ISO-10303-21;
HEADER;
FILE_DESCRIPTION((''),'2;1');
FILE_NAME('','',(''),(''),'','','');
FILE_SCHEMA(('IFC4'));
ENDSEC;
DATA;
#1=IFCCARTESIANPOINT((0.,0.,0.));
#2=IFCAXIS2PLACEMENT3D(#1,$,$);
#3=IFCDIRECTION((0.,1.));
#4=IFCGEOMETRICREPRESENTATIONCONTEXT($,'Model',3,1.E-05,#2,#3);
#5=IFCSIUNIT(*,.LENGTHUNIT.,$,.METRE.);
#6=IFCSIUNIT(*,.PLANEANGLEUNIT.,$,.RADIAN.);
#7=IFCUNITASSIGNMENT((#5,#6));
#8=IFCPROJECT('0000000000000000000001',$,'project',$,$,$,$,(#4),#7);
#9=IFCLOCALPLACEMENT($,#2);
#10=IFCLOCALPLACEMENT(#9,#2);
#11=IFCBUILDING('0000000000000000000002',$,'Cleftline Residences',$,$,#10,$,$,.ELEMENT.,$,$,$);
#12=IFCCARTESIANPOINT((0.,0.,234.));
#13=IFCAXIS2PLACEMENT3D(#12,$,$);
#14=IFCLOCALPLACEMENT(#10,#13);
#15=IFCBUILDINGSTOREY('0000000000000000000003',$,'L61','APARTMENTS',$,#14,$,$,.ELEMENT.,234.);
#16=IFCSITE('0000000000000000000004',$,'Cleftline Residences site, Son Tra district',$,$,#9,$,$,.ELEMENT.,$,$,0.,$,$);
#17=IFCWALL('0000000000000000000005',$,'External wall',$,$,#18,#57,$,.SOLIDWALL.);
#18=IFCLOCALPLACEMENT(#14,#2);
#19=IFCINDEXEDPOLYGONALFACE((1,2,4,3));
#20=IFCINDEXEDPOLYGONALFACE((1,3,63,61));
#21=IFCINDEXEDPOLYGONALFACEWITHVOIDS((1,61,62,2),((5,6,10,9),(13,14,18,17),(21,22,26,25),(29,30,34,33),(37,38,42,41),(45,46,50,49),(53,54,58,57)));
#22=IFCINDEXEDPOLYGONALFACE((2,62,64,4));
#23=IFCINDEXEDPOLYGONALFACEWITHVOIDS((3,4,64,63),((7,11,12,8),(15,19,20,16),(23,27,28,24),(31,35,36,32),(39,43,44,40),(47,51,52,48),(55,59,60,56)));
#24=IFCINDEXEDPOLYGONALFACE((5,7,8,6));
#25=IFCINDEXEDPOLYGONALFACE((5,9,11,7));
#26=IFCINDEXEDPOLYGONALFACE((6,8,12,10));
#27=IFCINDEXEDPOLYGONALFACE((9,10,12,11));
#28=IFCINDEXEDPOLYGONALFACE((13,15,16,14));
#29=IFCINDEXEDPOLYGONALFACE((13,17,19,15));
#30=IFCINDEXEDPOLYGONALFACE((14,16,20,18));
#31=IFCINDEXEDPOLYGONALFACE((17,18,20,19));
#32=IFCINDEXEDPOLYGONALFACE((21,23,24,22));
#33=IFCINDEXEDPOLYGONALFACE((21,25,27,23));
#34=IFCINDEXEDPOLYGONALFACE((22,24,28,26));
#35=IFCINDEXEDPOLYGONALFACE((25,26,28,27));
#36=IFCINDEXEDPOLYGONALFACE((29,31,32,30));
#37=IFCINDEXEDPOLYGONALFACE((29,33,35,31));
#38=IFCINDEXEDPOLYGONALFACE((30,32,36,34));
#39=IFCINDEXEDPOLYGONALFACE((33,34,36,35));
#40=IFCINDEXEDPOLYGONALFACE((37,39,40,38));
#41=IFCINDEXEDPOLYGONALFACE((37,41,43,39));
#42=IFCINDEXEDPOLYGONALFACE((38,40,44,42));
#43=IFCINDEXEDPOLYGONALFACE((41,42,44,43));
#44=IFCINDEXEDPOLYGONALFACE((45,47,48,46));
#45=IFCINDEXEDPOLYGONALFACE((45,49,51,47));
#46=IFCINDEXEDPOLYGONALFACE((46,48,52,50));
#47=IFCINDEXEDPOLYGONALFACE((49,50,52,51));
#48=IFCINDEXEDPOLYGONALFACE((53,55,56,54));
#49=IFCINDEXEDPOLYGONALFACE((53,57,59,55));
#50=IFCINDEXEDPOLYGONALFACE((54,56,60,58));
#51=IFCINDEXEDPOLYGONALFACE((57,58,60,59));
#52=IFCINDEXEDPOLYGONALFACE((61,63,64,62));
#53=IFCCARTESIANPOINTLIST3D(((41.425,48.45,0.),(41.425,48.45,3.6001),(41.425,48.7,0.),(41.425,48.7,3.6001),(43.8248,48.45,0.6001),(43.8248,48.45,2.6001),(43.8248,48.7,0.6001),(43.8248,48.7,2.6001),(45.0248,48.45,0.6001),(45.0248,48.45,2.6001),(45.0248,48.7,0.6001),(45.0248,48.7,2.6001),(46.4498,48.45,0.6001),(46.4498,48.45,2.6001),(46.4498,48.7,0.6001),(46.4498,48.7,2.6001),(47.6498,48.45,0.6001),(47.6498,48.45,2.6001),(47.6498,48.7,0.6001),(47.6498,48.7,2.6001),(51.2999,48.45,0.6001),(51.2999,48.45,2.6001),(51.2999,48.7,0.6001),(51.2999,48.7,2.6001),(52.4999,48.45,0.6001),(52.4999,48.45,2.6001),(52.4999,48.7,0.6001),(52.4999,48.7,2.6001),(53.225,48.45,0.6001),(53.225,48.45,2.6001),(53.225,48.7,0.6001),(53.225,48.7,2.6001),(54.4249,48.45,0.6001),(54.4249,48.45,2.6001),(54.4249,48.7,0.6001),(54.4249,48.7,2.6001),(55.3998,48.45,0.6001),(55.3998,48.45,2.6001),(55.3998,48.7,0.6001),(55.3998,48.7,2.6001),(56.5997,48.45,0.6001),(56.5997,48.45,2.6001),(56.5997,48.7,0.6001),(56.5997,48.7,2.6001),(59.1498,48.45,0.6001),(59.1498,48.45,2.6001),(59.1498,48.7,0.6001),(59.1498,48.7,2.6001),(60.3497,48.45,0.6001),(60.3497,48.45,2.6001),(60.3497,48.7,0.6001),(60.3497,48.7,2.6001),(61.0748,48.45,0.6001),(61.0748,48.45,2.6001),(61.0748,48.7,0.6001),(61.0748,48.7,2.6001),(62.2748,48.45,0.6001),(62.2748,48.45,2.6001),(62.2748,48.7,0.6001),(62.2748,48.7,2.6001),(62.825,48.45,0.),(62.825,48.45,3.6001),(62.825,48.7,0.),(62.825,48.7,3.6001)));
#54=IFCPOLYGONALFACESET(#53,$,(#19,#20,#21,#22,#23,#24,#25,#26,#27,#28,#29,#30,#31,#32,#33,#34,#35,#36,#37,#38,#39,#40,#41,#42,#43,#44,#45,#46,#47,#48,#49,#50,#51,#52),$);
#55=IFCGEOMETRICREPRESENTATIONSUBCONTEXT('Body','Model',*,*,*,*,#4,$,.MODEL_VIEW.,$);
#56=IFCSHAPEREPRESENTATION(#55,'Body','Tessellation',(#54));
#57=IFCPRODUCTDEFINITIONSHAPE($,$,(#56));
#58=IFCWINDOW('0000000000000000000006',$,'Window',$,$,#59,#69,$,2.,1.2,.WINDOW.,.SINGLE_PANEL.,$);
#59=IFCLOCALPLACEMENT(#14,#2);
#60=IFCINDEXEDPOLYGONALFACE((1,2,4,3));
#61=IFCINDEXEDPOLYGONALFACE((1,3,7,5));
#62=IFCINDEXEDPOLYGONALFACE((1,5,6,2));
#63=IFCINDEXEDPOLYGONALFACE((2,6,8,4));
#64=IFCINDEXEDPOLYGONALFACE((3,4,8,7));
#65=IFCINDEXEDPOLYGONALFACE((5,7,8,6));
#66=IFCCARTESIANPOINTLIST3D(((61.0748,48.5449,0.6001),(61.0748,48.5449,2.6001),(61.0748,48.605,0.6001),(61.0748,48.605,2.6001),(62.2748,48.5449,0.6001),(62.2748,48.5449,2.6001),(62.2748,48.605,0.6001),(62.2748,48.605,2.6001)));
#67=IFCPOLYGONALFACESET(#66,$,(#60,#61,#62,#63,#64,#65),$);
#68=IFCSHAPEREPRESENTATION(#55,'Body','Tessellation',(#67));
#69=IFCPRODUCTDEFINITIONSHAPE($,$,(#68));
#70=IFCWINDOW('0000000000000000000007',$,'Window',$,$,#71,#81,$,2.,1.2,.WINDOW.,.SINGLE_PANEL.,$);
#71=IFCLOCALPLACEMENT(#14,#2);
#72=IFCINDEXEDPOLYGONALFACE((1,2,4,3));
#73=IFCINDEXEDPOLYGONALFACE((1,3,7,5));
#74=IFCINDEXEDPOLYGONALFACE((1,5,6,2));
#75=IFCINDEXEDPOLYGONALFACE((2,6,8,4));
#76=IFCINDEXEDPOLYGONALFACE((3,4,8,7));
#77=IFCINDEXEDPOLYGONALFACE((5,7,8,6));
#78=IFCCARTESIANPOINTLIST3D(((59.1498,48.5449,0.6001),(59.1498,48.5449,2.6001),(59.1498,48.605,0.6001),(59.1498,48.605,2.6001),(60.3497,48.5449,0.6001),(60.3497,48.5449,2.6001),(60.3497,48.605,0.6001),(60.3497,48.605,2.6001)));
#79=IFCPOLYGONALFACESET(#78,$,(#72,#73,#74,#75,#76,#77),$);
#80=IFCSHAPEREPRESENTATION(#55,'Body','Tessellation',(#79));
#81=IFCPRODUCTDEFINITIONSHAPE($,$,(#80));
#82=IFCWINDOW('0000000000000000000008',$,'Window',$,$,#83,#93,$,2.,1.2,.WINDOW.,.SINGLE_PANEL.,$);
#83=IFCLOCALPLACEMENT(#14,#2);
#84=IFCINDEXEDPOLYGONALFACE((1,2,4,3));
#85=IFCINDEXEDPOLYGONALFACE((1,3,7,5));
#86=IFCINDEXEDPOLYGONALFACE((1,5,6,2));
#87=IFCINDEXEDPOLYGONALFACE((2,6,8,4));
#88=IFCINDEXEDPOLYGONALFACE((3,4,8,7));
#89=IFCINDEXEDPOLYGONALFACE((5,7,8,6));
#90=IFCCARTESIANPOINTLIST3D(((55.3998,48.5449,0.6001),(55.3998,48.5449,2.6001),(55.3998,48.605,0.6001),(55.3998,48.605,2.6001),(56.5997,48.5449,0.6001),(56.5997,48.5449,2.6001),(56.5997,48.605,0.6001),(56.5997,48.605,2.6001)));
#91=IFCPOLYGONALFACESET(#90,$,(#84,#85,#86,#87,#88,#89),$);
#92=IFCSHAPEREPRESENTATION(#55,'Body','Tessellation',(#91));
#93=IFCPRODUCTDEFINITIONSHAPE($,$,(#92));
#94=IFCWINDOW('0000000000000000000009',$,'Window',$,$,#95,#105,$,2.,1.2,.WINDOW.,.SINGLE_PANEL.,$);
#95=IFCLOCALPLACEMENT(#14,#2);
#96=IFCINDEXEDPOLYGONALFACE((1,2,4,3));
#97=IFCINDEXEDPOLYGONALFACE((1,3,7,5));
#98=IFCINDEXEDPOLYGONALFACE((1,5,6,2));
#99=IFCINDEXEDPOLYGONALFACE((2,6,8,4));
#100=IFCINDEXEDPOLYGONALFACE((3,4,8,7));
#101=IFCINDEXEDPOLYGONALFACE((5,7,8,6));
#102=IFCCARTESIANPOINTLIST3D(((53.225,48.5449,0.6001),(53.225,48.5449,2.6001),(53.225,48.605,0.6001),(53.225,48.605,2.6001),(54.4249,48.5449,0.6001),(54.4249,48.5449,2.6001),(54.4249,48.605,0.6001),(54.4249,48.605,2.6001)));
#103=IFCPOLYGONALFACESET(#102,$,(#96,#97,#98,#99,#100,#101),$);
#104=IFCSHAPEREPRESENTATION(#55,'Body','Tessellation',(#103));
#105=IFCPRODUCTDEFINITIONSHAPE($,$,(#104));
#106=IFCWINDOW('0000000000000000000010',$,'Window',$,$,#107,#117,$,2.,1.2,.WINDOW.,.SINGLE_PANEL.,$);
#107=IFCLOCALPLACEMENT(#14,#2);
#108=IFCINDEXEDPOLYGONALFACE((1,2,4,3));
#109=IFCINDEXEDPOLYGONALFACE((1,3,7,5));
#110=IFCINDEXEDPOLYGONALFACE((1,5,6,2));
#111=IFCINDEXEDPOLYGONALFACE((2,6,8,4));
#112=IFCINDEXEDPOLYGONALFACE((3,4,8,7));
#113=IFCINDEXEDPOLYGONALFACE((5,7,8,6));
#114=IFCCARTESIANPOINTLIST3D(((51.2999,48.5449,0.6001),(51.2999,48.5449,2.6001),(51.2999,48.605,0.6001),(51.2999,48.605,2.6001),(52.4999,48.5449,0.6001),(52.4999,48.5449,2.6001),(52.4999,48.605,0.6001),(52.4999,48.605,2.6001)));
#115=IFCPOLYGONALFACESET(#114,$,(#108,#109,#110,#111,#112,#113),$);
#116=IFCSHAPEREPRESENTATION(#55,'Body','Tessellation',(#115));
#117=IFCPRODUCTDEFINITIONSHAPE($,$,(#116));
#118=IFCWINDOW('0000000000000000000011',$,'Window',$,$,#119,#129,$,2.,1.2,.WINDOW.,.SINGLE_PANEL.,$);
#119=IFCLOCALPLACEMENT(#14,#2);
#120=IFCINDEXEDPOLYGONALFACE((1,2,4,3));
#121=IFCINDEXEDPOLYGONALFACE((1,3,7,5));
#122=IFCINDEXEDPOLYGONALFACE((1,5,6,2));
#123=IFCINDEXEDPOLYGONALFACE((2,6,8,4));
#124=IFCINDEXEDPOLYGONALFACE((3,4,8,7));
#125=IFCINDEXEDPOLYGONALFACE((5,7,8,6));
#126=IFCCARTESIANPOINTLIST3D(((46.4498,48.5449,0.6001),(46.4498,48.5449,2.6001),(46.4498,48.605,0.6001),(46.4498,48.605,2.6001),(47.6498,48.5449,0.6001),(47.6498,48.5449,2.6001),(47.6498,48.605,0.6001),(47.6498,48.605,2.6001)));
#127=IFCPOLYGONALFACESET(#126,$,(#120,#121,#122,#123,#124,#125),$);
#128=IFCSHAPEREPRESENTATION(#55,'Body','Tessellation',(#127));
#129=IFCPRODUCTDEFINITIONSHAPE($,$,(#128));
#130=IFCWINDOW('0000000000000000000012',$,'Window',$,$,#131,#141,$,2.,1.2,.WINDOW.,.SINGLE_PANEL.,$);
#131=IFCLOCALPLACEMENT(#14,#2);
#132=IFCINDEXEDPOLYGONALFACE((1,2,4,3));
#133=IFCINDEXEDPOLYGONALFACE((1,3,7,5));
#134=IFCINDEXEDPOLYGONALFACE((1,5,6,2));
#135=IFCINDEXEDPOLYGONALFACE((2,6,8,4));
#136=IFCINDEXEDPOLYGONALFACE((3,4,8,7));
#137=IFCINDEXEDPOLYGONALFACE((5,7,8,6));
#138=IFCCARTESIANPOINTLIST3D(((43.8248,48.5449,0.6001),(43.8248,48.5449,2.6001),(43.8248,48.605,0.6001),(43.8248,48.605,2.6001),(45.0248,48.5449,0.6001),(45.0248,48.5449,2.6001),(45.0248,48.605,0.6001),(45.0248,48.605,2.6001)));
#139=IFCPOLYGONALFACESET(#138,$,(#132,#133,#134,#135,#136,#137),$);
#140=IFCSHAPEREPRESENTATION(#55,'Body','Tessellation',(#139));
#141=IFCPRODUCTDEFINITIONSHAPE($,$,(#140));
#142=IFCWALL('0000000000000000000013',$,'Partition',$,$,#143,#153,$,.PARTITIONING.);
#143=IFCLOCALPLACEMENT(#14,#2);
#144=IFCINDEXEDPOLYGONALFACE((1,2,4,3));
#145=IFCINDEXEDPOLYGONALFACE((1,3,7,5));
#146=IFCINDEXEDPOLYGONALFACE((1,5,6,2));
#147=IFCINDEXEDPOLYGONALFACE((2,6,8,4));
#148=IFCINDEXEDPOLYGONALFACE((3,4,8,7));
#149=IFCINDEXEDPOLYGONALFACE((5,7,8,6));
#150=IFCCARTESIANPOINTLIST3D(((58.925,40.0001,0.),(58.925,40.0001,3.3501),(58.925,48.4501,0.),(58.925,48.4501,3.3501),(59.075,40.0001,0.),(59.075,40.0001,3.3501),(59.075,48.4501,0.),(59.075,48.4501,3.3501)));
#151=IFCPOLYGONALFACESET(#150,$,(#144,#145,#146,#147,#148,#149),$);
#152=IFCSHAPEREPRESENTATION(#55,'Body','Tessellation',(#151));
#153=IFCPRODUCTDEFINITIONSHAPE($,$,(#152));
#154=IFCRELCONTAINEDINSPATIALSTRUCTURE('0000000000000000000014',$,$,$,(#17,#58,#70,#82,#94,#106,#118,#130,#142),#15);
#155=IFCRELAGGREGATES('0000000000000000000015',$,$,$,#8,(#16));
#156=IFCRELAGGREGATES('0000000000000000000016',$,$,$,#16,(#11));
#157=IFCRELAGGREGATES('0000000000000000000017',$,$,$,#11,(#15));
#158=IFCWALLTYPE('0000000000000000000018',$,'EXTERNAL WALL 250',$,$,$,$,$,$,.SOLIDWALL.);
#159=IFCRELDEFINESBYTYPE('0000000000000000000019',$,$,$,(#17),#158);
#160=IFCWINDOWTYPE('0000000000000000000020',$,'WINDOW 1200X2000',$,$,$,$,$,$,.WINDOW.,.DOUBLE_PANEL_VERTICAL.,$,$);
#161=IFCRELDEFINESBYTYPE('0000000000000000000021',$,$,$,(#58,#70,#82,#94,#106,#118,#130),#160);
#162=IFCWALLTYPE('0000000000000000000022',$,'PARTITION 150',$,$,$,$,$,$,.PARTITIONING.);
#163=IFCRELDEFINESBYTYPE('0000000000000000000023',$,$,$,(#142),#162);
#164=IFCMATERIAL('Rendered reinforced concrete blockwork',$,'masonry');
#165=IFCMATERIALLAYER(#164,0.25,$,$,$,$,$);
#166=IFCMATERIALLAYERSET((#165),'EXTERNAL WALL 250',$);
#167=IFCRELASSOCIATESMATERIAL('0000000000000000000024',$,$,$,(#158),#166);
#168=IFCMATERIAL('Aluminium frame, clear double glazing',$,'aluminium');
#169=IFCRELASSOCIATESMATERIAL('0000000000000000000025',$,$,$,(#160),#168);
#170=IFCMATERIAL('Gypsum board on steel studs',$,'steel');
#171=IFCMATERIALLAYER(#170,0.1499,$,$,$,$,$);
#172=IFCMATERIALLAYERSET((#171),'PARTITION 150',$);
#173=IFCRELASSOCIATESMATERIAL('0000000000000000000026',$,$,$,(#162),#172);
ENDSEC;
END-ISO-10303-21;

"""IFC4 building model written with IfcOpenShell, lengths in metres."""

from ifc_helpers import new_model, si_unit, direction, frame, frame_2d, origin, place, context, subcontext, project, spatial, rectangle, extrude, material, layer, layer_set, type_object, element, fill, save


model = new_model("IFC4")

# Units and contexts
model_context = context("Model", 3, precision=1e-05, world=origin(), true_north=direction((0.0, 1.0)))
body_context = subcontext(model_context, "Body", "Model", "MODEL_VIEW")
ifc_project = project(units=[si_unit("LENGTHUNIT", "METRE"), si_unit("PLANEANGLEUNIT", "RADIAN")], contexts=[model_context])

# Site, building, storey
site_placement = place(None, origin())
site = spatial("IfcSite", under=ifc_project, at=site_placement, Name="Cleftline Residences site, Son Tra district", CompositionType="ELEMENT", RefElevation=0.0)
building_placement = place(site_placement, origin())
building = spatial("IfcBuilding", under=site, at=building_placement, Name="Cleftline Residences", CompositionType="ELEMENT")
storey_placement = place(building_placement, frame((0.0, 0.0, 234.0)))
storey = spatial("IfcBuildingStorey", under=building, at=storey_placement, Name="L61", Description="APARTMENTS", CompositionType="ELEMENT", Elevation=234.0)

# Shared definitions
ifc_material_1 = material(Name="Rendered reinforced concrete blockwork", Category="masonry")
ifc_layer_1 = layer(ifc_material_1, 0.25)
ifc_layer_set_1 = layer_set([ifc_layer_1], Name="EXTERNAL WALL 250")
wall_type_1 = type_object("IfcWallType", Name="EXTERNAL WALL 250", PredefinedType="SOLIDWALL", material=ifc_layer_set_1)
ifc_material_2 = material(Name="Aluminium frame, clear double glazing", Category="aluminium")
window_type_1 = type_object("IfcWindowType", Name="WINDOW 1200X2000", PartitioningType="DOUBLE_PANEL_VERTICAL", PredefinedType="WINDOW", material=ifc_material_2)

# Wall, openings, windows
wall_1_placement = place(storey_placement, frame((62.825, 48.575, 0.0), z_axis=(0.0, 0.0, 1.0), x_axis=(-1.0, 0.0, 0.0)))
wall_1 = element("IfcWall", 1, at=wall_1_placement, inside=storey, type_object=wall_type_1, Name="External wall", PredefinedType="SOLIDWALL", context=body_context, shape_type="SweptSolid", body=[
    extrude(rectangle(XDim=21.3999, YDim=0.25, at=frame_2d((10.7, 0.0))), origin(), (0.0, 0.0, 1.0), 3.6001),
])
opening_1_placement = place(wall_1_placement, frame((0.55, 0.0, 0.6001)))
opening_1 = element("IfcOpeningElement", 2, at=opening_1_placement, cuts=wall_1, PredefinedType="OPENING", context=body_context, shape_type="SweptSolid", body=[
    extrude(rectangle(XDim=1.2, YDim=2.0, at=frame_2d((0.6001, 1.0))), frame((0.0, 0.135, 0.0), z_axis=(0.0, -1.0, 0.0), x_axis=(1.0, 0.0, 0.0)), (0.0, 0.0, 1.0), 0.27),
])
opening_2_placement = place(wall_1_placement, frame((2.4751, 0.0, 0.6001)))
opening_2 = element("IfcOpeningElement", 3, at=opening_2_placement, cuts=wall_1, PredefinedType="OPENING", context=body_context, shape_type="SweptSolid", body=[
    extrude(rectangle(XDim=1.2, YDim=2.0, at=frame_2d((0.6001, 1.0))), frame((0.0, 0.135, 0.0), z_axis=(0.0, -1.0, 0.0), x_axis=(1.0, 0.0, 0.0)), (0.0, 0.0, 1.0), 0.27),
])
opening_3_placement = place(wall_1_placement, frame((6.2251, 0.0, 0.6001)))
opening_3 = element("IfcOpeningElement", 4, at=opening_3_placement, cuts=wall_1, PredefinedType="OPENING", context=body_context, shape_type="SweptSolid", body=[
    extrude(rectangle(XDim=1.2, YDim=2.0, at=frame_2d((0.6001, 1.0))), frame((0.0, 0.135, 0.0), z_axis=(0.0, -1.0, 0.0), x_axis=(1.0, 0.0, 0.0)), (0.0, 0.0, 1.0), 0.27),
])
opening_4_placement = place(wall_1_placement, frame((8.3999, 0.0, 0.6001)))
opening_4 = element("IfcOpeningElement", 5, at=opening_4_placement, cuts=wall_1, PredefinedType="OPENING", context=body_context, shape_type="SweptSolid", body=[
    extrude(rectangle(XDim=1.2, YDim=2.0, at=frame_2d((0.6001, 1.0))), frame((0.0, 0.135, 0.0), z_axis=(0.0, -1.0, 0.0), x_axis=(1.0, 0.0, 0.0)), (0.0, 0.0, 1.0), 0.27),
])
opening_5_placement = place(wall_1_placement, frame((10.325, 0.0, 0.6001)))
opening_5 = element("IfcOpeningElement", 6, at=opening_5_placement, cuts=wall_1, PredefinedType="OPENING", context=body_context, shape_type="SweptSolid", body=[
    extrude(rectangle(XDim=1.2, YDim=2.0, at=frame_2d((0.6001, 1.0))), frame((0.0, 0.135, 0.0), z_axis=(0.0, -1.0, 0.0), x_axis=(1.0, 0.0, 0.0)), (0.0, 0.0, 1.0), 0.27),
])
opening_6_placement = place(wall_1_placement, frame((15.175, 0.0, 0.6001)))
opening_6 = element("IfcOpeningElement", 7, at=opening_6_placement, cuts=wall_1, PredefinedType="OPENING", context=body_context, shape_type="SweptSolid", body=[
    extrude(rectangle(XDim=1.2, YDim=2.0, at=frame_2d((0.6001, 1.0))), frame((0.0, 0.135, 0.0), z_axis=(0.0, -1.0, 0.0), x_axis=(1.0, 0.0, 0.0)), (0.0, 0.0, 1.0), 0.27),
])
opening_7_placement = place(wall_1_placement, frame((17.8, 0.0, 0.6001)))
opening_7 = element("IfcOpeningElement", 8, at=opening_7_placement, cuts=wall_1, PredefinedType="OPENING", context=body_context, shape_type="SweptSolid", body=[
    extrude(rectangle(XDim=1.2, YDim=2.0, at=frame_2d((0.6001, 1.0))), frame((0.0, 0.135, 0.0), z_axis=(0.0, -1.0, 0.0), x_axis=(1.0, 0.0, 0.0)), (0.0, 0.0, 1.0), 0.27),
])
window_1_placement = place(opening_1_placement, origin())
window_1 = element("IfcWindow", 9, at=window_1_placement, inside=storey, type_object=window_type_1, Name="Window", OverallHeight=2.0, OverallWidth=1.2, PartitioningType="SINGLE_PANEL", PredefinedType="WINDOW", context=body_context, shape_type="SweptSolid", body=[
    extrude(rectangle(XDim=1.2, YDim=2.0, at=frame_2d((0.6001, 1.0))), frame((0.0, 0.03, 0.0), z_axis=(0.0, -1.0, 0.0), x_axis=(1.0, 0.0, 0.0)), (0.0, 0.0, 1.0), 0.0601),
])
fill(opening_1, window_1)
window_2_placement = place(opening_2_placement, origin())
window_2 = element("IfcWindow", 10, at=window_2_placement, inside=storey, type_object=window_type_1, Name="Window", OverallHeight=2.0, OverallWidth=1.2, PartitioningType="SINGLE_PANEL", PredefinedType="WINDOW", context=body_context, shape_type="SweptSolid", body=[
    extrude(rectangle(XDim=1.2, YDim=2.0, at=frame_2d((0.6001, 1.0))), frame((0.0, 0.03, 0.0), z_axis=(0.0, -1.0, 0.0), x_axis=(1.0, 0.0, 0.0)), (0.0, 0.0, 1.0), 0.0601),
])
fill(opening_2, window_2)
window_3_placement = place(opening_3_placement, origin())
window_3 = element("IfcWindow", 11, at=window_3_placement, inside=storey, type_object=window_type_1, Name="Window", OverallHeight=2.0, OverallWidth=1.2, PartitioningType="SINGLE_PANEL", PredefinedType="WINDOW", context=body_context, shape_type="SweptSolid", body=[
    extrude(rectangle(XDim=1.2, YDim=2.0, at=frame_2d((0.6001, 1.0))), frame((0.0, 0.03, 0.0), z_axis=(0.0, -1.0, 0.0), x_axis=(1.0, 0.0, 0.0)), (0.0, 0.0, 1.0), 0.0601),
])
fill(opening_3, window_3)
window_4_placement = place(opening_4_placement, origin())
window_4 = element("IfcWindow", 12, at=window_4_placement, inside=storey, type_object=window_type_1, Name="Window", OverallHeight=2.0, OverallWidth=1.2, PartitioningType="SINGLE_PANEL", PredefinedType="WINDOW", context=body_context, shape_type="SweptSolid", body=[
    extrude(rectangle(XDim=1.2, YDim=2.0, at=frame_2d((0.6001, 1.0))), frame((0.0, 0.03, 0.0), z_axis=(0.0, -1.0, 0.0), x_axis=(1.0, 0.0, 0.0)), (0.0, 0.0, 1.0), 0.0601),
])
fill(opening_4, window_4)
window_5_placement = place(opening_5_placement, origin())
window_5 = element("IfcWindow", 13, at=window_5_placement, inside=storey, type_object=window_type_1, Name="Window", OverallHeight=2.0, OverallWidth=1.2, PartitioningType="SINGLE_PANEL", PredefinedType="WINDOW", context=body_context, shape_type="SweptSolid", body=[
    extrude(rectangle(XDim=1.2, YDim=2.0, at=frame_2d((0.6001, 1.0))), frame((0.0, 0.03, 0.0), z_axis=(0.0, -1.0, 0.0), x_axis=(1.0, 0.0, 0.0)), (0.0, 0.0, 1.0), 0.0601),
])
fill(opening_5, window_5)
window_6_placement = place(opening_6_placement, origin())
window_6 = element("IfcWindow", 14, at=window_6_placement, inside=storey, type_object=window_type_1, Name="Window", OverallHeight=2.0, OverallWidth=1.2, PartitioningType="SINGLE_PANEL", PredefinedType="WINDOW", context=body_context, shape_type="SweptSolid", body=[
    extrude(rectangle(XDim=1.2, YDim=2.0, at=frame_2d((0.6001, 1.0))), frame((0.0, 0.03, 0.0), z_axis=(0.0, -1.0, 0.0), x_axis=(1.0, 0.0, 0.0)), (0.0, 0.0, 1.0), 0.0601),
])
fill(opening_6, window_6)
window_7_placement = place(opening_7_placement, origin())
window_7 = element("IfcWindow", 15, at=window_7_placement, inside=storey, type_object=window_type_1, Name="Window", OverallHeight=2.0, OverallWidth=1.2, PartitioningType="SINGLE_PANEL", PredefinedType="WINDOW", context=body_context, shape_type="SweptSolid", body=[
    extrude(rectangle(XDim=1.2, YDim=2.0, at=frame_2d((0.6001, 1.0))), frame((0.0, 0.03, 0.0), z_axis=(0.0, -1.0, 0.0), x_axis=(1.0, 0.0, 0.0)), (0.0, 0.0, 1.0), 0.0601),
])
fill(opening_7, window_7)

# Wall
ifc_material_3 = material(Name="Gypsum board on steel studs", Category="steel")
ifc_layer_2 = layer(ifc_material_3, 0.1499)
ifc_layer_set_2 = layer_set([ifc_layer_2], Name="PARTITION 150")
wall_type_2 = type_object("IfcWallType", Name="PARTITION 150", PredefinedType="PARTITIONING", material=ifc_layer_set_2)
wall_2_placement = place(storey_placement, frame((59.0, 40.0, 0.0), z_axis=(0.0, 0.0, 1.0), x_axis=(0.0, 1.0, 0.0)))
element("IfcWall", 16, at=wall_2_placement, inside=storey, type_object=wall_type_2, Name="Partition", PredefinedType="PARTITIONING", context=body_context, shape_type="SweptSolid", body=[
    extrude(rectangle(XDim=8.45, YDim=0.1499, at=frame_2d((4.2251, 0.0))), origin(), (0.0, 0.0, 1.0), 3.3501),
])

save(model, "model.ifc")
